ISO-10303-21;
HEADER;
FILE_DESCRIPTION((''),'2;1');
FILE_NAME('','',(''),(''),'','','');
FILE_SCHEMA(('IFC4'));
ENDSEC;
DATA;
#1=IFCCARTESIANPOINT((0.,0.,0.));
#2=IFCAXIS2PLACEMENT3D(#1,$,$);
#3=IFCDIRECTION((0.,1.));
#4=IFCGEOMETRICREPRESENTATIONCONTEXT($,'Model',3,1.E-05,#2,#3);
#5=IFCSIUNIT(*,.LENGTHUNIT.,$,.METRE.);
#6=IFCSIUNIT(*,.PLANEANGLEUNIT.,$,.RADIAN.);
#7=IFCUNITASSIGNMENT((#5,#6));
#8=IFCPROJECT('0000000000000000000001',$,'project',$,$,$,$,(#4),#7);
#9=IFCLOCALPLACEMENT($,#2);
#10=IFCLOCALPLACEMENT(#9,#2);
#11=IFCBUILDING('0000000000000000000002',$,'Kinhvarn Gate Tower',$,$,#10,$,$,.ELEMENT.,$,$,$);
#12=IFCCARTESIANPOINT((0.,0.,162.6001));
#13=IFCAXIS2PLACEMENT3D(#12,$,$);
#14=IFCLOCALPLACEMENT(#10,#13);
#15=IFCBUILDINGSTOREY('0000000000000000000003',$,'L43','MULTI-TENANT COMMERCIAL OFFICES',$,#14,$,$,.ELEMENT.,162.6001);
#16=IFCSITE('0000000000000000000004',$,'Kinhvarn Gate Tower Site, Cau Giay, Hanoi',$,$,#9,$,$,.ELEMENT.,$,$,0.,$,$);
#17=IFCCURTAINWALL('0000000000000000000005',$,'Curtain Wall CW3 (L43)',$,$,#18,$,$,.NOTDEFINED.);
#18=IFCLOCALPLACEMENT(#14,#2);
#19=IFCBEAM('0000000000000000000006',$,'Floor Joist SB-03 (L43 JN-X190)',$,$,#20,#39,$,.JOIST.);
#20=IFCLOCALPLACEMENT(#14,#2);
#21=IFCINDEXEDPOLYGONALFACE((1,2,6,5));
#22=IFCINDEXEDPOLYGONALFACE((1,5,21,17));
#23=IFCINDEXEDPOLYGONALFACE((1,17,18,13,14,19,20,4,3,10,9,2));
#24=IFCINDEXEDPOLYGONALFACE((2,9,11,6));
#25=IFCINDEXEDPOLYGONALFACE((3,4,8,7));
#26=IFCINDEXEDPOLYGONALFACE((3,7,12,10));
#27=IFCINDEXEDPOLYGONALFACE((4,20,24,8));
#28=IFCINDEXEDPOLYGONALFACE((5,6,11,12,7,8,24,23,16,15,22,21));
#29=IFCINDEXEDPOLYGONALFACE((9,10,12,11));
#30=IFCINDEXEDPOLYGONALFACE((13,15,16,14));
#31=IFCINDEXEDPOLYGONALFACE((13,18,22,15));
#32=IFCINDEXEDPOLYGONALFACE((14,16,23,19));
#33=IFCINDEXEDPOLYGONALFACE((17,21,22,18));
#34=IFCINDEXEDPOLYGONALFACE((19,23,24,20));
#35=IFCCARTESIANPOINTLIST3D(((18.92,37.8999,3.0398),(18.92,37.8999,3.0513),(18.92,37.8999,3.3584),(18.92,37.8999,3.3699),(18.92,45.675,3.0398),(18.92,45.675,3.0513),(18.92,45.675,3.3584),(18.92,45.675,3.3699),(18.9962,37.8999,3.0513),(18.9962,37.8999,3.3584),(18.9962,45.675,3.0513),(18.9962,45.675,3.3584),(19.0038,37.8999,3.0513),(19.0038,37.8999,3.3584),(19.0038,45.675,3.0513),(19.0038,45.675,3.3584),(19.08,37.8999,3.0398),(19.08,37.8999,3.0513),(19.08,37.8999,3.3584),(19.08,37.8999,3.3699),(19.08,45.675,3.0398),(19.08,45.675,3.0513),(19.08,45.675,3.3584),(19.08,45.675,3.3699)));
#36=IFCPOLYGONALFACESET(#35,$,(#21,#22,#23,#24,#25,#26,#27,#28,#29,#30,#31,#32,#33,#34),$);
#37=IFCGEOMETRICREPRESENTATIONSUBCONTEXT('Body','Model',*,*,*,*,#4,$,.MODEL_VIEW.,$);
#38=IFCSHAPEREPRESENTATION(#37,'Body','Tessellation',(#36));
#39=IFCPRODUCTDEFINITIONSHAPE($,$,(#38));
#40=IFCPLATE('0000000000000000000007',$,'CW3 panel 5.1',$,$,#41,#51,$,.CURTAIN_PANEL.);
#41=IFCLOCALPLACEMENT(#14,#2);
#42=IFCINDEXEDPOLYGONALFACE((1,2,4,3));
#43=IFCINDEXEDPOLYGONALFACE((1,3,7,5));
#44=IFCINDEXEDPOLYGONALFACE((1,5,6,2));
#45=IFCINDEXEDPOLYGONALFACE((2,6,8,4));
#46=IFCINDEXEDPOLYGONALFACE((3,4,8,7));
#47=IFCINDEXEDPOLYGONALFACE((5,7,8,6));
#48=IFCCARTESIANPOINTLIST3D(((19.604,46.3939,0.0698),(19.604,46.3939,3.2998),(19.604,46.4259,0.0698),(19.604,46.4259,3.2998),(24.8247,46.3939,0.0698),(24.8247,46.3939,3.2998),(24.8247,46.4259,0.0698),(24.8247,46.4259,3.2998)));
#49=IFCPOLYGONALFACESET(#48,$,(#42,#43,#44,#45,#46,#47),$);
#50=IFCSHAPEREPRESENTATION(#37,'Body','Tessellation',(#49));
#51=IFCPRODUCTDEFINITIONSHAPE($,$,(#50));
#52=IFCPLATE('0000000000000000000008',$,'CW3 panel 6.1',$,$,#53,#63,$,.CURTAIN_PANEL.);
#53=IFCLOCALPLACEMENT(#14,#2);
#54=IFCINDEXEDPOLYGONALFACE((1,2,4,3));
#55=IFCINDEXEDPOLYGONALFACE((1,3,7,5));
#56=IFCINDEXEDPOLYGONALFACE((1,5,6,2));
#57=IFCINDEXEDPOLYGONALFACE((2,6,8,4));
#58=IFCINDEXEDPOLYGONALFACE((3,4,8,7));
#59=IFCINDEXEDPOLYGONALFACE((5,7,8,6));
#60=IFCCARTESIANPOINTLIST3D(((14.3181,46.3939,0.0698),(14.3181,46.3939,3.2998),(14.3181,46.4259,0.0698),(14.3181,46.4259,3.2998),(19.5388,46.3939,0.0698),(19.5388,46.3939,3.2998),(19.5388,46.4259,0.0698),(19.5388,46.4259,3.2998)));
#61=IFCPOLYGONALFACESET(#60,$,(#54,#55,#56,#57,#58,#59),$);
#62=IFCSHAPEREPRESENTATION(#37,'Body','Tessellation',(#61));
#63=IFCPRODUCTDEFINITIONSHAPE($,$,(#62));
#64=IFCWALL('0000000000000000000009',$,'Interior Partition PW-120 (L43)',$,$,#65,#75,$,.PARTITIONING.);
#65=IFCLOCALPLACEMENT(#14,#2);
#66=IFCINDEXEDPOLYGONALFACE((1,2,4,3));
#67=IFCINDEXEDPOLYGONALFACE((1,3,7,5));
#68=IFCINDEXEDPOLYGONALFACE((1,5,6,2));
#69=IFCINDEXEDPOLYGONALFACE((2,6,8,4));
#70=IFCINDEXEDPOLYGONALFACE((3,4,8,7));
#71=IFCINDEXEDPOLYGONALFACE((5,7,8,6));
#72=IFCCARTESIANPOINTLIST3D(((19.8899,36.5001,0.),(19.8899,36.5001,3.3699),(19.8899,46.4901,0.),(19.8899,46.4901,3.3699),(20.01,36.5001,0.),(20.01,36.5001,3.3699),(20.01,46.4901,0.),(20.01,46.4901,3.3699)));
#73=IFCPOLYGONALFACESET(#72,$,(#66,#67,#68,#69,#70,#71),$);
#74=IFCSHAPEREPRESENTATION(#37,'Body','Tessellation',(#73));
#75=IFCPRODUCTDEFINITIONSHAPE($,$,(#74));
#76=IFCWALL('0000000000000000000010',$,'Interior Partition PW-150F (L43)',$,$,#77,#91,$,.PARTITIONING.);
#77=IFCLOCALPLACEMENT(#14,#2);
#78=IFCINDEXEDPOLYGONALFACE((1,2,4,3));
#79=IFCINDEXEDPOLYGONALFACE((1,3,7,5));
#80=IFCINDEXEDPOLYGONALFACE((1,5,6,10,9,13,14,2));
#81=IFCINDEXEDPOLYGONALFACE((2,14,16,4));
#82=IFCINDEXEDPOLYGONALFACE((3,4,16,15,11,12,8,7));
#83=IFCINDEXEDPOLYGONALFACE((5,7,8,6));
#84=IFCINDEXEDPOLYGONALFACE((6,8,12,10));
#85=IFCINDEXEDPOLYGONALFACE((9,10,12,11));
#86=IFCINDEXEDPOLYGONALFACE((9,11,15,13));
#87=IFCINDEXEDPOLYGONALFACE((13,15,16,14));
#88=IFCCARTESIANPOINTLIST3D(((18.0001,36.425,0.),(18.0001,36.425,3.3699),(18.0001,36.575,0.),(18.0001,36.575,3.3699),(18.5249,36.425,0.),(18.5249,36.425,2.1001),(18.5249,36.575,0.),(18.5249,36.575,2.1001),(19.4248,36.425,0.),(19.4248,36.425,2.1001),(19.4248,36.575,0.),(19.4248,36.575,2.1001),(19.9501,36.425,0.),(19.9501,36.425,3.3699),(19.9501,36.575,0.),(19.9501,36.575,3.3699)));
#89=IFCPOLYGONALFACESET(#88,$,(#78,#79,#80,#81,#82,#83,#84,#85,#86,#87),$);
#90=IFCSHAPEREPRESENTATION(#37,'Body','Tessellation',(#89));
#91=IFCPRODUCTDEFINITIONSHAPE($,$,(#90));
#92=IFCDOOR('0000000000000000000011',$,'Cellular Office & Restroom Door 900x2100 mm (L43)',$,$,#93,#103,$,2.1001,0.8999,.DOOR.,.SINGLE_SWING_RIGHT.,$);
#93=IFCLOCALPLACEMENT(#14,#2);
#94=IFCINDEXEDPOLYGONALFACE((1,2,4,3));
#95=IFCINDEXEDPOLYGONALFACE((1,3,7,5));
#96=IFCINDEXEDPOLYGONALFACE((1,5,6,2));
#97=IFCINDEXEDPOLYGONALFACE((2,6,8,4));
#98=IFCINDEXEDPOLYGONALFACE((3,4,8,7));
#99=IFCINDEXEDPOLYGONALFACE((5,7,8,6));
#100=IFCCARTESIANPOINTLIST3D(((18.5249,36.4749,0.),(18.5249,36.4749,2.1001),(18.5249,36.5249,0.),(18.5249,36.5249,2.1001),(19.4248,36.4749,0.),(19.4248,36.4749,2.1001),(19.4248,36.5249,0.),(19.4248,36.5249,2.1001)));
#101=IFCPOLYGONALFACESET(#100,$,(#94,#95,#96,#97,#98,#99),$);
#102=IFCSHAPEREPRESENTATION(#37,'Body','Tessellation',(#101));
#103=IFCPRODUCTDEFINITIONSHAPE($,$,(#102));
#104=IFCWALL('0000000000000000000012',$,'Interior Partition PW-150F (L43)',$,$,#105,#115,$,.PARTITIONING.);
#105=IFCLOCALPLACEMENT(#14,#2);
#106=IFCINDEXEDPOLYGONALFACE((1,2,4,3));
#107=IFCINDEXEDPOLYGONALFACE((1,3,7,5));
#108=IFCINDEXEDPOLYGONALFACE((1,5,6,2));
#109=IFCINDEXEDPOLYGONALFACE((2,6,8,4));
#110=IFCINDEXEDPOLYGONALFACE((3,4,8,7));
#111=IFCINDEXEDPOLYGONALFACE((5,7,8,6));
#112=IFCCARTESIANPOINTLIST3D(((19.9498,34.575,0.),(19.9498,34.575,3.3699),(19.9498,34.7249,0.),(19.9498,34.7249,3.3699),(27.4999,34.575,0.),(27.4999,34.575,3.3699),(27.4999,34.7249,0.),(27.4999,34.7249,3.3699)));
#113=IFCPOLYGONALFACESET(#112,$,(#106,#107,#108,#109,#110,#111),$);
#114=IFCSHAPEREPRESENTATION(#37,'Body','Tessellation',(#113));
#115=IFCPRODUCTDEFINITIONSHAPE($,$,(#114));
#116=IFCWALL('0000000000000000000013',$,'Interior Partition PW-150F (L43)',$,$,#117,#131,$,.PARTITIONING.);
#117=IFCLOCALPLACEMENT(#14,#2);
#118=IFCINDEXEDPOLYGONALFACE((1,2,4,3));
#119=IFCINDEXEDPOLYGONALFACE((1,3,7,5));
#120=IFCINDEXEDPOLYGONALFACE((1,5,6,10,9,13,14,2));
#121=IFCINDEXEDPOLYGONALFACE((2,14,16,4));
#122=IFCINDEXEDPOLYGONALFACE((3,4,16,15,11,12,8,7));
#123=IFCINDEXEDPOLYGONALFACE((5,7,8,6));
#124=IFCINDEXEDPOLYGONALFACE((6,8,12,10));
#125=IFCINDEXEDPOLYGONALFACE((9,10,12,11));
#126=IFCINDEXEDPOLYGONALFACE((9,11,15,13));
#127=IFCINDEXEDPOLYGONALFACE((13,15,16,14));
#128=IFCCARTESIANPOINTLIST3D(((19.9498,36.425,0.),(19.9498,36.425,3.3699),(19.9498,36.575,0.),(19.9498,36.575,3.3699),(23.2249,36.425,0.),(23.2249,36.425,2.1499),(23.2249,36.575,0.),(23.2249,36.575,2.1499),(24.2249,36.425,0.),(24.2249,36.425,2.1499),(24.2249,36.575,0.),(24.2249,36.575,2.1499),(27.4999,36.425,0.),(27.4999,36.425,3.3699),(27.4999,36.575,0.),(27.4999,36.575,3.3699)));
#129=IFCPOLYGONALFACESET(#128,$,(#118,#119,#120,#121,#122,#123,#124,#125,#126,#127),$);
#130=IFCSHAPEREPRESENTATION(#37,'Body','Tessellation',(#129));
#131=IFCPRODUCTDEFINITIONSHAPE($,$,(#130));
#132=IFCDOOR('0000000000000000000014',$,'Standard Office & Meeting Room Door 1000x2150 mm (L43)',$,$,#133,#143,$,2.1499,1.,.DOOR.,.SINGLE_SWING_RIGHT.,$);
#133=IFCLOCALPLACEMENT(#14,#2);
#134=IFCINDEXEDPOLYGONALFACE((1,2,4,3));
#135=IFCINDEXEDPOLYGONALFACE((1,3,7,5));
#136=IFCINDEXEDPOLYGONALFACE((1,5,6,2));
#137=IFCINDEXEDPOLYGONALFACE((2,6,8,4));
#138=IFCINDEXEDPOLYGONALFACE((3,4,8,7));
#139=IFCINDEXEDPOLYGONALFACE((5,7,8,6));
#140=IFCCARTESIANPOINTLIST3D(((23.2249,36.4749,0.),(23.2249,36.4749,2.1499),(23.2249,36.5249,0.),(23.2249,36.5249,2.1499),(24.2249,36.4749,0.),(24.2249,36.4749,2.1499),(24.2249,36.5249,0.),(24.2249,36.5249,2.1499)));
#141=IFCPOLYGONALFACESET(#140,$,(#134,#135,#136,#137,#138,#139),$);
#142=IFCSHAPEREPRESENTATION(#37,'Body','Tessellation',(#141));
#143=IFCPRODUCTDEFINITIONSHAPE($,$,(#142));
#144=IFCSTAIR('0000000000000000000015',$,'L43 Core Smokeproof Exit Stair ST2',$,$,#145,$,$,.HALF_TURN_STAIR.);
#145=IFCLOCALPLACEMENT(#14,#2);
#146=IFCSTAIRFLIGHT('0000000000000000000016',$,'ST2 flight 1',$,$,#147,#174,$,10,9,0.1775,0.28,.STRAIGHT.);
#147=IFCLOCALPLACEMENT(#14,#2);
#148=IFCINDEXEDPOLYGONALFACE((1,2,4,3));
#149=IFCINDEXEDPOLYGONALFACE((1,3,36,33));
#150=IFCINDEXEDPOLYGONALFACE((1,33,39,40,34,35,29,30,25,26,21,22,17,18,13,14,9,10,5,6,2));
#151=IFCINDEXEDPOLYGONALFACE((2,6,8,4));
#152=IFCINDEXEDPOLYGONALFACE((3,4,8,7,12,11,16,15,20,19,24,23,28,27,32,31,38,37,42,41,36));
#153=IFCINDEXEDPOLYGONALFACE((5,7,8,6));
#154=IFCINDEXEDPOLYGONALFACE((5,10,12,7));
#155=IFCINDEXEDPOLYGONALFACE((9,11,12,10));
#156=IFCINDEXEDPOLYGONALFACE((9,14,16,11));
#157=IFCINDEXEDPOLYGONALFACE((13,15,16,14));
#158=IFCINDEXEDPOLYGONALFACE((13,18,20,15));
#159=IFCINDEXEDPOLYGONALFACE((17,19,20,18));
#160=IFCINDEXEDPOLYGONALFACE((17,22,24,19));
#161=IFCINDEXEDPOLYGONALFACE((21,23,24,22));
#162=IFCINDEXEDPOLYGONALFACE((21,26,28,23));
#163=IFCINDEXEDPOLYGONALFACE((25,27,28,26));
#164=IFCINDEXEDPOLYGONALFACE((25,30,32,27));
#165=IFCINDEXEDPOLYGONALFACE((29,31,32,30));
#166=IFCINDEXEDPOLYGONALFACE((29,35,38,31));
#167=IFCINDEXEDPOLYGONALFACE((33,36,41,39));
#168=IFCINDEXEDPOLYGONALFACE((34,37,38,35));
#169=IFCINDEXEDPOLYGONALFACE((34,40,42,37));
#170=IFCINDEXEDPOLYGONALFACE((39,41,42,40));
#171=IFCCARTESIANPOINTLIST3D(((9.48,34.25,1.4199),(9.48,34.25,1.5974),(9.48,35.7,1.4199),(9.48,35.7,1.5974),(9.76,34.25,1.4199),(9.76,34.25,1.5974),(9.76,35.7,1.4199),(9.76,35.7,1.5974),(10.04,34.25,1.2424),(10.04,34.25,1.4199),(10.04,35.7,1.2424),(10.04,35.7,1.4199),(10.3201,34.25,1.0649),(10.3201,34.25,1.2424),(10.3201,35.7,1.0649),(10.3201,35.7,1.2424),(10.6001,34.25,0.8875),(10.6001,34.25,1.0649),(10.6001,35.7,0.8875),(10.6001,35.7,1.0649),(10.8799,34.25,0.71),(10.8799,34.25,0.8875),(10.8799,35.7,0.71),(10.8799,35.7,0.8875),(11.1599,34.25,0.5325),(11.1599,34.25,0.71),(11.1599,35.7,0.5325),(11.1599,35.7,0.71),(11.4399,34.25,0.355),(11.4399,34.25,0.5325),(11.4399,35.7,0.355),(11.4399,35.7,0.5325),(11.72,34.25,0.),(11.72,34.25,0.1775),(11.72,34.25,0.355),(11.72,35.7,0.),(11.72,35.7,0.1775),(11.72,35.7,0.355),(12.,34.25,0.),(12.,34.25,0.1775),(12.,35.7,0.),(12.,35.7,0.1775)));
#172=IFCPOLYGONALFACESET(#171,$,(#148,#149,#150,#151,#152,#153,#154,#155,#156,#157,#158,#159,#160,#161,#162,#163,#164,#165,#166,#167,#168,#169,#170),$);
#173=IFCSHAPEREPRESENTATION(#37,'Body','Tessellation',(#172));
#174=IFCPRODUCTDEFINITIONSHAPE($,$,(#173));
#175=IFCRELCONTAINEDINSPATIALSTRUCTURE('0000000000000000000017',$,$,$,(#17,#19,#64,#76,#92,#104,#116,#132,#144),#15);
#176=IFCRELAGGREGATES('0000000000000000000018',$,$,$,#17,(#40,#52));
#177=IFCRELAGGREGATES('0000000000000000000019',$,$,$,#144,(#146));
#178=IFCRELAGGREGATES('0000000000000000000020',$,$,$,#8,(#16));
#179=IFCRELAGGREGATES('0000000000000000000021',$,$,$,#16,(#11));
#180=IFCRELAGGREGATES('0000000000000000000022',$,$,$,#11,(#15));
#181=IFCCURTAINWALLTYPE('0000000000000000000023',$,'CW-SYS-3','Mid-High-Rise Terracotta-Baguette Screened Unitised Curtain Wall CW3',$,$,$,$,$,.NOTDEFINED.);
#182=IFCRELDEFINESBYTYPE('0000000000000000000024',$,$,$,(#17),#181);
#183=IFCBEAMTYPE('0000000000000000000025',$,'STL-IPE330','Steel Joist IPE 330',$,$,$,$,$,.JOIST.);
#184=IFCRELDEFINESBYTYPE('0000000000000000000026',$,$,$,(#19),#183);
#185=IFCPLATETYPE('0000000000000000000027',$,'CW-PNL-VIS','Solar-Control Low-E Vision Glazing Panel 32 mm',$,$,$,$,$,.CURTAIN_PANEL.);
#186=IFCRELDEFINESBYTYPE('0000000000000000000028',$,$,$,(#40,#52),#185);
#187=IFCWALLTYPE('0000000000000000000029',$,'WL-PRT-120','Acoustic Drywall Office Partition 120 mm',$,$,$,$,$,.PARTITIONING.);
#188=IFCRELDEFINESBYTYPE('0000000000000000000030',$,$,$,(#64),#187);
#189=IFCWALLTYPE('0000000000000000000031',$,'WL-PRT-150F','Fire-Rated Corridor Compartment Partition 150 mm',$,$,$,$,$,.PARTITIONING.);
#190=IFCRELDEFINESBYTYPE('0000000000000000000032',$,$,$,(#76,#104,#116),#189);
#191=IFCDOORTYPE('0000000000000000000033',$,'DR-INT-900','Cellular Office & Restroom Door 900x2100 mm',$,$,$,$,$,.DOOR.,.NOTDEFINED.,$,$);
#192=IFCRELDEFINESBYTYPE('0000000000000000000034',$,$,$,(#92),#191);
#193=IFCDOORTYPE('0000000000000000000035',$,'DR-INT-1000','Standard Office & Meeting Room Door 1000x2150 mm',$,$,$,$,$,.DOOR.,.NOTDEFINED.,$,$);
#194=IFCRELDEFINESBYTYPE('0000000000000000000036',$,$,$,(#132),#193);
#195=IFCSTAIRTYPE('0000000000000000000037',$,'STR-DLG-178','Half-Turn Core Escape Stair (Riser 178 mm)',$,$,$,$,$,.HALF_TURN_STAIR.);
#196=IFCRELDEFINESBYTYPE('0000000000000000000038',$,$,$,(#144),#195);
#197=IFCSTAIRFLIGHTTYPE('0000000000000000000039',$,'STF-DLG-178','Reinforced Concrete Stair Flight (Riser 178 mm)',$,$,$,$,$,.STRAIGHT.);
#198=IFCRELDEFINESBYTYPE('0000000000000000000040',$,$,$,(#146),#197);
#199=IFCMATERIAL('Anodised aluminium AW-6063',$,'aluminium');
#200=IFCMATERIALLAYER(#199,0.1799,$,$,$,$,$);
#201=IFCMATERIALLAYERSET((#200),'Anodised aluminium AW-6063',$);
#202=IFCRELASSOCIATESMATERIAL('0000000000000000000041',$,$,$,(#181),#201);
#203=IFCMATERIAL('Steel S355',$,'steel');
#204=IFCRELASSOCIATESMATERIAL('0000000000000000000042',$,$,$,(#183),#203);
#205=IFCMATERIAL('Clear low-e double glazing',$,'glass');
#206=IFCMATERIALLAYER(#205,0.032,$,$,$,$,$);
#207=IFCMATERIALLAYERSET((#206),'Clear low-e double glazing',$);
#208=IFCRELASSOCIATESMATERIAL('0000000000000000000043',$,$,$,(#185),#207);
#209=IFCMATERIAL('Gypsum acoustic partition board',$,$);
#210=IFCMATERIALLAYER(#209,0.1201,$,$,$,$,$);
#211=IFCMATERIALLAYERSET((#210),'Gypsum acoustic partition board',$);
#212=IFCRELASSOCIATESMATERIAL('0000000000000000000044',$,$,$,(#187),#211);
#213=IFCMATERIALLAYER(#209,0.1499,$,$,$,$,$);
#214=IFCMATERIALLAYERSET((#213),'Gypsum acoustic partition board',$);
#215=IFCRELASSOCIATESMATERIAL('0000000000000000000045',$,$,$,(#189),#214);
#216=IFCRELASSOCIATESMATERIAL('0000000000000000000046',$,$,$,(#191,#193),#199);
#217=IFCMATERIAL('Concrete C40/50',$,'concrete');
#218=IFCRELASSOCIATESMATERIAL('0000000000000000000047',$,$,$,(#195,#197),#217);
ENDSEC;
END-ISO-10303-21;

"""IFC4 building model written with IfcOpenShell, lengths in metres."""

from ifc_helpers import new_model, si_unit, direction, frame, frame_2d, origin, origin_2d, place, context, subcontext, project, spatial, polyline, rectangle, i_section, outline, extrude, material, layer, layer_set, material_profile, profile_set, type_object, element, fill, aggregate, save


model = new_model("IFC4")

# Units and contexts
model_context = context("Model", 3, precision=1e-05, world=origin(), true_north=direction((0.0, 1.0)))
body_context = subcontext(model_context, "Body", "Model", "MODEL_VIEW")
ifc_project = project(units=[si_unit("LENGTHUNIT", "METRE"), si_unit("PLANEANGLEUNIT", "RADIAN")], contexts=[model_context])

# Site, building, storey
site_placement = place(None, origin())
site = spatial("IfcSite", under=ifc_project, at=site_placement, Name="Kinhvarn Gate Tower Site, Cau Giay, Hanoi", CompositionType="ELEMENT", RefElevation=0.0)
building_placement = place(site_placement, origin())
building = spatial("IfcBuilding", under=site, at=building_placement, Name="Kinhvarn Gate Tower", CompositionType="ELEMENT")
storey_placement = place(building_placement, frame((0.0, 0.0, 162.6001)))
storey = spatial("IfcBuildingStorey", under=building, at=storey_placement, Name="L43", Description="MULTI-TENANT COMMERCIAL OFFICES", CompositionType="ELEMENT", Elevation=162.6001)

# Curtain wall
ifc_material_1 = material(Name="Anodised aluminium AW-6063", Category="aluminium")
ifc_layer_1 = layer(ifc_material_1, 0.1799)
ifc_layer_set_1 = layer_set([ifc_layer_1], Name="Anodised aluminium AW-6063")
curtain_wall_type = type_object("IfcCurtainWallType", Name="CW-SYS-3", Description="Mid-High-Rise Terracotta-Baguette Screened Unitised Curtain Wall CW3", PredefinedType="NOTDEFINED", material=ifc_layer_set_1)
curtain_wall_placement = place(storey_placement, origin())
curtain_wall = element("IfcCurtainWall", 1, at=curtain_wall_placement, inside=storey, type_object=curtain_wall_type, Name="Curtain Wall CW3 (L43)", PredefinedType="NOTDEFINED")

# Beam
ifc_material_2 = material(Name="Steel S355", Category="steel")
ifc_material_profile_1 = material_profile(ifc_material_2, i_section(OverallWidth=0.1599, OverallDepth=0.3301, WebThickness=0.0076, FlangeThickness=0.0115, at=origin_2d()), Name="IPE 330")
ifc_profile_set_1 = profile_set([ifc_material_profile_1], Name="Steel S355")
beam_type_1 = type_object("IfcBeamType", Name="STL-IPE330", Description="Steel Joist IPE 330", PredefinedType="JOIST", material=ifc_profile_set_1)
for number, where, z_axis, x_axis, name in (
    (2, (19.0, 37.8999, 3.2048), (0.0, 1.0, 0.0), (-1.0, 0.0, 0.0), "Floor Joist SB-03 (L43 JN-X190)"),
):
    element("IfcBeam", number, at=place(storey_placement, frame(where, z_axis=z_axis, x_axis=x_axis)), inside=storey, type_object=beam_type_1, Name=name, PredefinedType="JOIST", context=body_context, shape_type="SweptSolid", body=[
        extrude(i_section(OverallWidth=0.1599, OverallDepth=0.3301, WebThickness=0.0076, FlangeThickness=0.0115, at=origin_2d()), origin(), (0.0, 0.0, 1.0), 7.7751),
    ])

# Plates
ifc_material_3 = material(Name="Clear low-e double glazing", Category="glass")
ifc_layer_2 = layer(ifc_material_3, 0.032)
ifc_layer_set_2 = layer_set([ifc_layer_2], Name="Clear low-e double glazing")
plate_type = type_object("IfcPlateType", Name="CW-PNL-VIS", Description="Solar-Control Low-E Vision Glazing Panel 32 mm", PredefinedType="CURTAIN_PANEL", material=ifc_layer_set_2)
plate_1_placement = place(storey_placement, frame((22.2144, 46.4099, 0.0698), z_axis=(0.0, 0.0, 1.0), x_axis=(-1.0, 0.0, 0.0)))
plate_1 = element("IfcPlate", 3, at=plate_1_placement, type_object=plate_type, Name="CW3 panel 5.1", PredefinedType="CURTAIN_PANEL", context=body_context, shape_type="SweptSolid", body=[
    extrude(rectangle(XDim=5.2207, YDim=0.032, at=origin_2d()), origin(), (0.0, 0.0, 1.0), 3.23),
])
plate_2_placement = place(storey_placement, frame((16.9285, 46.4099, 0.0698), z_axis=(0.0, 0.0, 1.0), x_axis=(-1.0, 0.0, 0.0)))
plate_2 = element("IfcPlate", 4, at=plate_2_placement, type_object=plate_type, Name="CW3 panel 6.1", PredefinedType="CURTAIN_PANEL", context=body_context, shape_type="SweptSolid", body=[
    extrude(rectangle(XDim=5.2207, YDim=0.032, at=origin_2d()), origin(), (0.0, 0.0, 1.0), 3.23),
])
aggregate(curtain_wall, [plate_1, plate_2])

# Wall
ifc_material_4 = material(Name="Gypsum acoustic partition board")
ifc_layer_3 = layer(ifc_material_4, 0.1201)
ifc_layer_set_3 = layer_set([ifc_layer_3], Name="Gypsum acoustic partition board")
wall_type_1 = type_object("IfcWallType", Name="WL-PRT-120", Description="Acoustic Drywall Office Partition 120 mm", PredefinedType="PARTITIONING", material=ifc_layer_set_3)
wall_1_placement = place(storey_placement, frame((19.95, 36.5, 0.0), z_axis=(0.0, 0.0, 1.0), x_axis=(0.0, 1.0, 0.0)))
element("IfcWall", 5, at=wall_1_placement, inside=storey, type_object=wall_type_1, Name="Interior Partition PW-120 (L43)", PredefinedType="PARTITIONING", context=body_context, shape_type="SweptSolid", body=[
    extrude(rectangle(XDim=9.99, YDim=0.1201, at=frame_2d((4.9951, 0.0))), origin(), (0.0, 0.0, 1.0), 3.3699),
])

# Wall, opening, door
ifc_layer_4 = layer(ifc_material_4, 0.1499)
ifc_layer_set_4 = layer_set([ifc_layer_4], Name="Gypsum acoustic partition board")
wall_type_2 = type_object("IfcWallType", Name="WL-PRT-150F", Description="Fire-Rated Corridor Compartment Partition 150 mm", PredefinedType="PARTITIONING", material=ifc_layer_set_4)
wall_2_placement = place(storey_placement, frame((18.0, 36.5, 0.0), z_axis=(0.0, 0.0, 1.0), x_axis=(1.0, 0.0, 0.0)))
wall_2 = element("IfcWall", 6, at=wall_2_placement, inside=storey, type_object=wall_type_2, Name="Interior Partition PW-150F (L43)", PredefinedType="PARTITIONING", context=body_context, shape_type="SweptSolid", body=[
    extrude(rectangle(XDim=1.95, YDim=0.1499, at=frame_2d((0.9751, 0.0))), origin(), (0.0, 0.0, 1.0), 3.3699),
])
opening_1_placement = place(wall_2_placement, frame((0.5249, 0.0, 0.0)))
opening_1 = element("IfcOpeningElement", 7, at=opening_1_placement, cuts=wall_2, PredefinedType="OPENING", context=body_context, shape_type="SweptSolid", body=[
    extrude(rectangle(XDim=0.8999, YDim=2.1001, at=frame_2d((0.45, 1.05))), frame((0.0, 0.085, 0.0), z_axis=(0.0, -1.0, 0.0), x_axis=(1.0, 0.0, 0.0)), (0.0, 0.0, 1.0), 0.1699),
])
door_type_1 = type_object("IfcDoorType", Name="DR-INT-900", Description="Cellular Office & Restroom Door 900x2100 mm", OperationType="NOTDEFINED", PredefinedType="DOOR", material=ifc_material_1)
door_1_placement = place(opening_1_placement, origin())
door_1 = element("IfcDoor", 8, at=door_1_placement, inside=storey, type_object=door_type_1, Name="Cellular Office & Restroom Door 900x2100 mm (L43)", OperationType="SINGLE_SWING_RIGHT", OverallHeight=2.1001, OverallWidth=0.8999, PredefinedType="DOOR", context=body_context, shape_type="SweptSolid", body=[
    extrude(rectangle(XDim=0.8999, YDim=2.1001, at=frame_2d((0.45, 1.05))), frame((0.0, 0.0249, 0.0), z_axis=(0.0, -1.0, 0.0), x_axis=(1.0, 0.0, 0.0)), (0.0, 0.0, 1.0), 0.05),
])
fill(opening_1, door_1)

# Wall
wall_3_placement = place(storey_placement, frame((19.95, 34.6499, 0.0), z_axis=(0.0, 0.0, 1.0), x_axis=(1.0, 0.0, 0.0)))
element("IfcWall", 9, at=wall_3_placement, inside=storey, type_object=wall_type_2, Name="Interior Partition PW-150F (L43)", PredefinedType="PARTITIONING", context=body_context, shape_type="SweptSolid", body=[
    extrude(rectangle(XDim=7.55, YDim=0.1499, at=frame_2d((3.7749, 0.0))), origin(), (0.0, 0.0, 1.0), 3.3699),
])

# Wall, opening, door
wall_4_placement = place(storey_placement, frame((19.95, 36.5, 0.0), z_axis=(0.0, 0.0, 1.0), x_axis=(1.0, 0.0, 0.0)))
wall_4 = element("IfcWall", 10, at=wall_4_placement, inside=storey, type_object=wall_type_2, Name="Interior Partition PW-150F (L43)", PredefinedType="PARTITIONING", context=body_context, shape_type="SweptSolid", body=[
    extrude(rectangle(XDim=7.55, YDim=0.1499, at=frame_2d((3.7749, 0.0))), origin(), (0.0, 0.0, 1.0), 3.3699),
])
opening_2_placement = place(wall_4_placement, frame((3.2749, 0.0, 0.0)))
opening_2 = element("IfcOpeningElement", 11, at=opening_2_placement, cuts=wall_4, PredefinedType="OPENING", context=body_context, shape_type="SweptSolid", body=[
    extrude(rectangle(XDim=1.0, YDim=2.1499, at=frame_2d((0.5, 1.075))), frame((0.0, 0.085, 0.0), z_axis=(0.0, -1.0, 0.0), x_axis=(1.0, 0.0, 0.0)), (0.0, 0.0, 1.0), 0.1699),
])
door_type_2 = type_object("IfcDoorType", Name="DR-INT-1000", Description="Standard Office & Meeting Room Door 1000x2150 mm", OperationType="NOTDEFINED", PredefinedType="DOOR", material=ifc_material_1)
door_2_placement = place(opening_2_placement, origin())
door_2 = element("IfcDoor", 12, at=door_2_placement, inside=storey, type_object=door_type_2, Name="Standard Office & Meeting Room Door 1000x2150 mm (L43)", OperationType="SINGLE_SWING_RIGHT", OverallHeight=2.1499, OverallWidth=1.0, PredefinedType="DOOR", context=body_context, shape_type="SweptSolid", body=[
    extrude(rectangle(XDim=1.0, YDim=2.1499, at=frame_2d((0.5, 1.075))), frame((0.0, 0.0249, 0.0), z_axis=(0.0, -1.0, 0.0), x_axis=(1.0, 0.0, 0.0)), (0.0, 0.0, 1.0), 0.05),
])
fill(opening_2, door_2)
ifc_material_5 = material(Name="Concrete C40/50", Category="concrete")

# Stair, stair flight
stair_type = type_object("IfcStairType", Name="STR-DLG-178", Description="Half-Turn Core Escape Stair (Riser 178 mm)", PredefinedType="HALF_TURN_STAIR", material=ifc_material_5)
stair_placement = place(storey_placement, origin())
stair = element("IfcStair", 13, at=stair_placement, inside=storey, type_object=stair_type, Name="L43 Core Smokeproof Exit Stair ST2", PredefinedType="HALF_TURN_STAIR")
stair_flight_type = type_object("IfcStairFlightType", Name="STF-DLG-178", Description="Reinforced Concrete Stair Flight (Riser 178 mm)", PredefinedType="STRAIGHT", material=ifc_material_5)
stair_flight_placement = place(storey_placement, frame((12.0, 34.9751, 0.0), z_axis=(0.0, 0.0, 1.0), x_axis=(-1.0, 0.0, 0.0)))
stair_flight = element("IfcStairFlight", 14, at=stair_flight_placement, type_object=stair_flight_type, Name="ST2 flight 1", NumberOfRisers=10, NumberOfTreads=9, PredefinedType="STRAIGHT", RiserHeight=0.1775, TreadLength=0.28, context=body_context, shape_type="SweptSolid", body=[
    extrude(outline(polyline([(0.0, 0.0), (0.0, 0.1775), (0.28, 0.1775), (0.28, 0.355), (0.5601, 0.355), (0.5601, 0.5325), (0.8401, 0.5325), (0.8401, 0.71), (1.1201, 0.71), (1.1201, 0.8875), (1.3999, 0.8875), (1.3999, 1.0649), (1.6799, 1.0649), (1.6799, 1.2424), (1.96, 1.2424), (1.96, 1.4199), (2.24, 1.4199), (2.24, 1.5974), (2.52, 1.5974), (2.52, 1.7749), (2.52, 1.4199), (0.28, 0.0), (0.0, 0.0)])), frame((0.0, 0.7251, 0.0), z_axis=(0.0, -1.0, 0.0), x_axis=(1.0, 0.0, 0.0)), (0.0, 0.0, 1.0), 1.45),
])
aggregate(stair, [stair_flight])

save(model, "model.ifc")
